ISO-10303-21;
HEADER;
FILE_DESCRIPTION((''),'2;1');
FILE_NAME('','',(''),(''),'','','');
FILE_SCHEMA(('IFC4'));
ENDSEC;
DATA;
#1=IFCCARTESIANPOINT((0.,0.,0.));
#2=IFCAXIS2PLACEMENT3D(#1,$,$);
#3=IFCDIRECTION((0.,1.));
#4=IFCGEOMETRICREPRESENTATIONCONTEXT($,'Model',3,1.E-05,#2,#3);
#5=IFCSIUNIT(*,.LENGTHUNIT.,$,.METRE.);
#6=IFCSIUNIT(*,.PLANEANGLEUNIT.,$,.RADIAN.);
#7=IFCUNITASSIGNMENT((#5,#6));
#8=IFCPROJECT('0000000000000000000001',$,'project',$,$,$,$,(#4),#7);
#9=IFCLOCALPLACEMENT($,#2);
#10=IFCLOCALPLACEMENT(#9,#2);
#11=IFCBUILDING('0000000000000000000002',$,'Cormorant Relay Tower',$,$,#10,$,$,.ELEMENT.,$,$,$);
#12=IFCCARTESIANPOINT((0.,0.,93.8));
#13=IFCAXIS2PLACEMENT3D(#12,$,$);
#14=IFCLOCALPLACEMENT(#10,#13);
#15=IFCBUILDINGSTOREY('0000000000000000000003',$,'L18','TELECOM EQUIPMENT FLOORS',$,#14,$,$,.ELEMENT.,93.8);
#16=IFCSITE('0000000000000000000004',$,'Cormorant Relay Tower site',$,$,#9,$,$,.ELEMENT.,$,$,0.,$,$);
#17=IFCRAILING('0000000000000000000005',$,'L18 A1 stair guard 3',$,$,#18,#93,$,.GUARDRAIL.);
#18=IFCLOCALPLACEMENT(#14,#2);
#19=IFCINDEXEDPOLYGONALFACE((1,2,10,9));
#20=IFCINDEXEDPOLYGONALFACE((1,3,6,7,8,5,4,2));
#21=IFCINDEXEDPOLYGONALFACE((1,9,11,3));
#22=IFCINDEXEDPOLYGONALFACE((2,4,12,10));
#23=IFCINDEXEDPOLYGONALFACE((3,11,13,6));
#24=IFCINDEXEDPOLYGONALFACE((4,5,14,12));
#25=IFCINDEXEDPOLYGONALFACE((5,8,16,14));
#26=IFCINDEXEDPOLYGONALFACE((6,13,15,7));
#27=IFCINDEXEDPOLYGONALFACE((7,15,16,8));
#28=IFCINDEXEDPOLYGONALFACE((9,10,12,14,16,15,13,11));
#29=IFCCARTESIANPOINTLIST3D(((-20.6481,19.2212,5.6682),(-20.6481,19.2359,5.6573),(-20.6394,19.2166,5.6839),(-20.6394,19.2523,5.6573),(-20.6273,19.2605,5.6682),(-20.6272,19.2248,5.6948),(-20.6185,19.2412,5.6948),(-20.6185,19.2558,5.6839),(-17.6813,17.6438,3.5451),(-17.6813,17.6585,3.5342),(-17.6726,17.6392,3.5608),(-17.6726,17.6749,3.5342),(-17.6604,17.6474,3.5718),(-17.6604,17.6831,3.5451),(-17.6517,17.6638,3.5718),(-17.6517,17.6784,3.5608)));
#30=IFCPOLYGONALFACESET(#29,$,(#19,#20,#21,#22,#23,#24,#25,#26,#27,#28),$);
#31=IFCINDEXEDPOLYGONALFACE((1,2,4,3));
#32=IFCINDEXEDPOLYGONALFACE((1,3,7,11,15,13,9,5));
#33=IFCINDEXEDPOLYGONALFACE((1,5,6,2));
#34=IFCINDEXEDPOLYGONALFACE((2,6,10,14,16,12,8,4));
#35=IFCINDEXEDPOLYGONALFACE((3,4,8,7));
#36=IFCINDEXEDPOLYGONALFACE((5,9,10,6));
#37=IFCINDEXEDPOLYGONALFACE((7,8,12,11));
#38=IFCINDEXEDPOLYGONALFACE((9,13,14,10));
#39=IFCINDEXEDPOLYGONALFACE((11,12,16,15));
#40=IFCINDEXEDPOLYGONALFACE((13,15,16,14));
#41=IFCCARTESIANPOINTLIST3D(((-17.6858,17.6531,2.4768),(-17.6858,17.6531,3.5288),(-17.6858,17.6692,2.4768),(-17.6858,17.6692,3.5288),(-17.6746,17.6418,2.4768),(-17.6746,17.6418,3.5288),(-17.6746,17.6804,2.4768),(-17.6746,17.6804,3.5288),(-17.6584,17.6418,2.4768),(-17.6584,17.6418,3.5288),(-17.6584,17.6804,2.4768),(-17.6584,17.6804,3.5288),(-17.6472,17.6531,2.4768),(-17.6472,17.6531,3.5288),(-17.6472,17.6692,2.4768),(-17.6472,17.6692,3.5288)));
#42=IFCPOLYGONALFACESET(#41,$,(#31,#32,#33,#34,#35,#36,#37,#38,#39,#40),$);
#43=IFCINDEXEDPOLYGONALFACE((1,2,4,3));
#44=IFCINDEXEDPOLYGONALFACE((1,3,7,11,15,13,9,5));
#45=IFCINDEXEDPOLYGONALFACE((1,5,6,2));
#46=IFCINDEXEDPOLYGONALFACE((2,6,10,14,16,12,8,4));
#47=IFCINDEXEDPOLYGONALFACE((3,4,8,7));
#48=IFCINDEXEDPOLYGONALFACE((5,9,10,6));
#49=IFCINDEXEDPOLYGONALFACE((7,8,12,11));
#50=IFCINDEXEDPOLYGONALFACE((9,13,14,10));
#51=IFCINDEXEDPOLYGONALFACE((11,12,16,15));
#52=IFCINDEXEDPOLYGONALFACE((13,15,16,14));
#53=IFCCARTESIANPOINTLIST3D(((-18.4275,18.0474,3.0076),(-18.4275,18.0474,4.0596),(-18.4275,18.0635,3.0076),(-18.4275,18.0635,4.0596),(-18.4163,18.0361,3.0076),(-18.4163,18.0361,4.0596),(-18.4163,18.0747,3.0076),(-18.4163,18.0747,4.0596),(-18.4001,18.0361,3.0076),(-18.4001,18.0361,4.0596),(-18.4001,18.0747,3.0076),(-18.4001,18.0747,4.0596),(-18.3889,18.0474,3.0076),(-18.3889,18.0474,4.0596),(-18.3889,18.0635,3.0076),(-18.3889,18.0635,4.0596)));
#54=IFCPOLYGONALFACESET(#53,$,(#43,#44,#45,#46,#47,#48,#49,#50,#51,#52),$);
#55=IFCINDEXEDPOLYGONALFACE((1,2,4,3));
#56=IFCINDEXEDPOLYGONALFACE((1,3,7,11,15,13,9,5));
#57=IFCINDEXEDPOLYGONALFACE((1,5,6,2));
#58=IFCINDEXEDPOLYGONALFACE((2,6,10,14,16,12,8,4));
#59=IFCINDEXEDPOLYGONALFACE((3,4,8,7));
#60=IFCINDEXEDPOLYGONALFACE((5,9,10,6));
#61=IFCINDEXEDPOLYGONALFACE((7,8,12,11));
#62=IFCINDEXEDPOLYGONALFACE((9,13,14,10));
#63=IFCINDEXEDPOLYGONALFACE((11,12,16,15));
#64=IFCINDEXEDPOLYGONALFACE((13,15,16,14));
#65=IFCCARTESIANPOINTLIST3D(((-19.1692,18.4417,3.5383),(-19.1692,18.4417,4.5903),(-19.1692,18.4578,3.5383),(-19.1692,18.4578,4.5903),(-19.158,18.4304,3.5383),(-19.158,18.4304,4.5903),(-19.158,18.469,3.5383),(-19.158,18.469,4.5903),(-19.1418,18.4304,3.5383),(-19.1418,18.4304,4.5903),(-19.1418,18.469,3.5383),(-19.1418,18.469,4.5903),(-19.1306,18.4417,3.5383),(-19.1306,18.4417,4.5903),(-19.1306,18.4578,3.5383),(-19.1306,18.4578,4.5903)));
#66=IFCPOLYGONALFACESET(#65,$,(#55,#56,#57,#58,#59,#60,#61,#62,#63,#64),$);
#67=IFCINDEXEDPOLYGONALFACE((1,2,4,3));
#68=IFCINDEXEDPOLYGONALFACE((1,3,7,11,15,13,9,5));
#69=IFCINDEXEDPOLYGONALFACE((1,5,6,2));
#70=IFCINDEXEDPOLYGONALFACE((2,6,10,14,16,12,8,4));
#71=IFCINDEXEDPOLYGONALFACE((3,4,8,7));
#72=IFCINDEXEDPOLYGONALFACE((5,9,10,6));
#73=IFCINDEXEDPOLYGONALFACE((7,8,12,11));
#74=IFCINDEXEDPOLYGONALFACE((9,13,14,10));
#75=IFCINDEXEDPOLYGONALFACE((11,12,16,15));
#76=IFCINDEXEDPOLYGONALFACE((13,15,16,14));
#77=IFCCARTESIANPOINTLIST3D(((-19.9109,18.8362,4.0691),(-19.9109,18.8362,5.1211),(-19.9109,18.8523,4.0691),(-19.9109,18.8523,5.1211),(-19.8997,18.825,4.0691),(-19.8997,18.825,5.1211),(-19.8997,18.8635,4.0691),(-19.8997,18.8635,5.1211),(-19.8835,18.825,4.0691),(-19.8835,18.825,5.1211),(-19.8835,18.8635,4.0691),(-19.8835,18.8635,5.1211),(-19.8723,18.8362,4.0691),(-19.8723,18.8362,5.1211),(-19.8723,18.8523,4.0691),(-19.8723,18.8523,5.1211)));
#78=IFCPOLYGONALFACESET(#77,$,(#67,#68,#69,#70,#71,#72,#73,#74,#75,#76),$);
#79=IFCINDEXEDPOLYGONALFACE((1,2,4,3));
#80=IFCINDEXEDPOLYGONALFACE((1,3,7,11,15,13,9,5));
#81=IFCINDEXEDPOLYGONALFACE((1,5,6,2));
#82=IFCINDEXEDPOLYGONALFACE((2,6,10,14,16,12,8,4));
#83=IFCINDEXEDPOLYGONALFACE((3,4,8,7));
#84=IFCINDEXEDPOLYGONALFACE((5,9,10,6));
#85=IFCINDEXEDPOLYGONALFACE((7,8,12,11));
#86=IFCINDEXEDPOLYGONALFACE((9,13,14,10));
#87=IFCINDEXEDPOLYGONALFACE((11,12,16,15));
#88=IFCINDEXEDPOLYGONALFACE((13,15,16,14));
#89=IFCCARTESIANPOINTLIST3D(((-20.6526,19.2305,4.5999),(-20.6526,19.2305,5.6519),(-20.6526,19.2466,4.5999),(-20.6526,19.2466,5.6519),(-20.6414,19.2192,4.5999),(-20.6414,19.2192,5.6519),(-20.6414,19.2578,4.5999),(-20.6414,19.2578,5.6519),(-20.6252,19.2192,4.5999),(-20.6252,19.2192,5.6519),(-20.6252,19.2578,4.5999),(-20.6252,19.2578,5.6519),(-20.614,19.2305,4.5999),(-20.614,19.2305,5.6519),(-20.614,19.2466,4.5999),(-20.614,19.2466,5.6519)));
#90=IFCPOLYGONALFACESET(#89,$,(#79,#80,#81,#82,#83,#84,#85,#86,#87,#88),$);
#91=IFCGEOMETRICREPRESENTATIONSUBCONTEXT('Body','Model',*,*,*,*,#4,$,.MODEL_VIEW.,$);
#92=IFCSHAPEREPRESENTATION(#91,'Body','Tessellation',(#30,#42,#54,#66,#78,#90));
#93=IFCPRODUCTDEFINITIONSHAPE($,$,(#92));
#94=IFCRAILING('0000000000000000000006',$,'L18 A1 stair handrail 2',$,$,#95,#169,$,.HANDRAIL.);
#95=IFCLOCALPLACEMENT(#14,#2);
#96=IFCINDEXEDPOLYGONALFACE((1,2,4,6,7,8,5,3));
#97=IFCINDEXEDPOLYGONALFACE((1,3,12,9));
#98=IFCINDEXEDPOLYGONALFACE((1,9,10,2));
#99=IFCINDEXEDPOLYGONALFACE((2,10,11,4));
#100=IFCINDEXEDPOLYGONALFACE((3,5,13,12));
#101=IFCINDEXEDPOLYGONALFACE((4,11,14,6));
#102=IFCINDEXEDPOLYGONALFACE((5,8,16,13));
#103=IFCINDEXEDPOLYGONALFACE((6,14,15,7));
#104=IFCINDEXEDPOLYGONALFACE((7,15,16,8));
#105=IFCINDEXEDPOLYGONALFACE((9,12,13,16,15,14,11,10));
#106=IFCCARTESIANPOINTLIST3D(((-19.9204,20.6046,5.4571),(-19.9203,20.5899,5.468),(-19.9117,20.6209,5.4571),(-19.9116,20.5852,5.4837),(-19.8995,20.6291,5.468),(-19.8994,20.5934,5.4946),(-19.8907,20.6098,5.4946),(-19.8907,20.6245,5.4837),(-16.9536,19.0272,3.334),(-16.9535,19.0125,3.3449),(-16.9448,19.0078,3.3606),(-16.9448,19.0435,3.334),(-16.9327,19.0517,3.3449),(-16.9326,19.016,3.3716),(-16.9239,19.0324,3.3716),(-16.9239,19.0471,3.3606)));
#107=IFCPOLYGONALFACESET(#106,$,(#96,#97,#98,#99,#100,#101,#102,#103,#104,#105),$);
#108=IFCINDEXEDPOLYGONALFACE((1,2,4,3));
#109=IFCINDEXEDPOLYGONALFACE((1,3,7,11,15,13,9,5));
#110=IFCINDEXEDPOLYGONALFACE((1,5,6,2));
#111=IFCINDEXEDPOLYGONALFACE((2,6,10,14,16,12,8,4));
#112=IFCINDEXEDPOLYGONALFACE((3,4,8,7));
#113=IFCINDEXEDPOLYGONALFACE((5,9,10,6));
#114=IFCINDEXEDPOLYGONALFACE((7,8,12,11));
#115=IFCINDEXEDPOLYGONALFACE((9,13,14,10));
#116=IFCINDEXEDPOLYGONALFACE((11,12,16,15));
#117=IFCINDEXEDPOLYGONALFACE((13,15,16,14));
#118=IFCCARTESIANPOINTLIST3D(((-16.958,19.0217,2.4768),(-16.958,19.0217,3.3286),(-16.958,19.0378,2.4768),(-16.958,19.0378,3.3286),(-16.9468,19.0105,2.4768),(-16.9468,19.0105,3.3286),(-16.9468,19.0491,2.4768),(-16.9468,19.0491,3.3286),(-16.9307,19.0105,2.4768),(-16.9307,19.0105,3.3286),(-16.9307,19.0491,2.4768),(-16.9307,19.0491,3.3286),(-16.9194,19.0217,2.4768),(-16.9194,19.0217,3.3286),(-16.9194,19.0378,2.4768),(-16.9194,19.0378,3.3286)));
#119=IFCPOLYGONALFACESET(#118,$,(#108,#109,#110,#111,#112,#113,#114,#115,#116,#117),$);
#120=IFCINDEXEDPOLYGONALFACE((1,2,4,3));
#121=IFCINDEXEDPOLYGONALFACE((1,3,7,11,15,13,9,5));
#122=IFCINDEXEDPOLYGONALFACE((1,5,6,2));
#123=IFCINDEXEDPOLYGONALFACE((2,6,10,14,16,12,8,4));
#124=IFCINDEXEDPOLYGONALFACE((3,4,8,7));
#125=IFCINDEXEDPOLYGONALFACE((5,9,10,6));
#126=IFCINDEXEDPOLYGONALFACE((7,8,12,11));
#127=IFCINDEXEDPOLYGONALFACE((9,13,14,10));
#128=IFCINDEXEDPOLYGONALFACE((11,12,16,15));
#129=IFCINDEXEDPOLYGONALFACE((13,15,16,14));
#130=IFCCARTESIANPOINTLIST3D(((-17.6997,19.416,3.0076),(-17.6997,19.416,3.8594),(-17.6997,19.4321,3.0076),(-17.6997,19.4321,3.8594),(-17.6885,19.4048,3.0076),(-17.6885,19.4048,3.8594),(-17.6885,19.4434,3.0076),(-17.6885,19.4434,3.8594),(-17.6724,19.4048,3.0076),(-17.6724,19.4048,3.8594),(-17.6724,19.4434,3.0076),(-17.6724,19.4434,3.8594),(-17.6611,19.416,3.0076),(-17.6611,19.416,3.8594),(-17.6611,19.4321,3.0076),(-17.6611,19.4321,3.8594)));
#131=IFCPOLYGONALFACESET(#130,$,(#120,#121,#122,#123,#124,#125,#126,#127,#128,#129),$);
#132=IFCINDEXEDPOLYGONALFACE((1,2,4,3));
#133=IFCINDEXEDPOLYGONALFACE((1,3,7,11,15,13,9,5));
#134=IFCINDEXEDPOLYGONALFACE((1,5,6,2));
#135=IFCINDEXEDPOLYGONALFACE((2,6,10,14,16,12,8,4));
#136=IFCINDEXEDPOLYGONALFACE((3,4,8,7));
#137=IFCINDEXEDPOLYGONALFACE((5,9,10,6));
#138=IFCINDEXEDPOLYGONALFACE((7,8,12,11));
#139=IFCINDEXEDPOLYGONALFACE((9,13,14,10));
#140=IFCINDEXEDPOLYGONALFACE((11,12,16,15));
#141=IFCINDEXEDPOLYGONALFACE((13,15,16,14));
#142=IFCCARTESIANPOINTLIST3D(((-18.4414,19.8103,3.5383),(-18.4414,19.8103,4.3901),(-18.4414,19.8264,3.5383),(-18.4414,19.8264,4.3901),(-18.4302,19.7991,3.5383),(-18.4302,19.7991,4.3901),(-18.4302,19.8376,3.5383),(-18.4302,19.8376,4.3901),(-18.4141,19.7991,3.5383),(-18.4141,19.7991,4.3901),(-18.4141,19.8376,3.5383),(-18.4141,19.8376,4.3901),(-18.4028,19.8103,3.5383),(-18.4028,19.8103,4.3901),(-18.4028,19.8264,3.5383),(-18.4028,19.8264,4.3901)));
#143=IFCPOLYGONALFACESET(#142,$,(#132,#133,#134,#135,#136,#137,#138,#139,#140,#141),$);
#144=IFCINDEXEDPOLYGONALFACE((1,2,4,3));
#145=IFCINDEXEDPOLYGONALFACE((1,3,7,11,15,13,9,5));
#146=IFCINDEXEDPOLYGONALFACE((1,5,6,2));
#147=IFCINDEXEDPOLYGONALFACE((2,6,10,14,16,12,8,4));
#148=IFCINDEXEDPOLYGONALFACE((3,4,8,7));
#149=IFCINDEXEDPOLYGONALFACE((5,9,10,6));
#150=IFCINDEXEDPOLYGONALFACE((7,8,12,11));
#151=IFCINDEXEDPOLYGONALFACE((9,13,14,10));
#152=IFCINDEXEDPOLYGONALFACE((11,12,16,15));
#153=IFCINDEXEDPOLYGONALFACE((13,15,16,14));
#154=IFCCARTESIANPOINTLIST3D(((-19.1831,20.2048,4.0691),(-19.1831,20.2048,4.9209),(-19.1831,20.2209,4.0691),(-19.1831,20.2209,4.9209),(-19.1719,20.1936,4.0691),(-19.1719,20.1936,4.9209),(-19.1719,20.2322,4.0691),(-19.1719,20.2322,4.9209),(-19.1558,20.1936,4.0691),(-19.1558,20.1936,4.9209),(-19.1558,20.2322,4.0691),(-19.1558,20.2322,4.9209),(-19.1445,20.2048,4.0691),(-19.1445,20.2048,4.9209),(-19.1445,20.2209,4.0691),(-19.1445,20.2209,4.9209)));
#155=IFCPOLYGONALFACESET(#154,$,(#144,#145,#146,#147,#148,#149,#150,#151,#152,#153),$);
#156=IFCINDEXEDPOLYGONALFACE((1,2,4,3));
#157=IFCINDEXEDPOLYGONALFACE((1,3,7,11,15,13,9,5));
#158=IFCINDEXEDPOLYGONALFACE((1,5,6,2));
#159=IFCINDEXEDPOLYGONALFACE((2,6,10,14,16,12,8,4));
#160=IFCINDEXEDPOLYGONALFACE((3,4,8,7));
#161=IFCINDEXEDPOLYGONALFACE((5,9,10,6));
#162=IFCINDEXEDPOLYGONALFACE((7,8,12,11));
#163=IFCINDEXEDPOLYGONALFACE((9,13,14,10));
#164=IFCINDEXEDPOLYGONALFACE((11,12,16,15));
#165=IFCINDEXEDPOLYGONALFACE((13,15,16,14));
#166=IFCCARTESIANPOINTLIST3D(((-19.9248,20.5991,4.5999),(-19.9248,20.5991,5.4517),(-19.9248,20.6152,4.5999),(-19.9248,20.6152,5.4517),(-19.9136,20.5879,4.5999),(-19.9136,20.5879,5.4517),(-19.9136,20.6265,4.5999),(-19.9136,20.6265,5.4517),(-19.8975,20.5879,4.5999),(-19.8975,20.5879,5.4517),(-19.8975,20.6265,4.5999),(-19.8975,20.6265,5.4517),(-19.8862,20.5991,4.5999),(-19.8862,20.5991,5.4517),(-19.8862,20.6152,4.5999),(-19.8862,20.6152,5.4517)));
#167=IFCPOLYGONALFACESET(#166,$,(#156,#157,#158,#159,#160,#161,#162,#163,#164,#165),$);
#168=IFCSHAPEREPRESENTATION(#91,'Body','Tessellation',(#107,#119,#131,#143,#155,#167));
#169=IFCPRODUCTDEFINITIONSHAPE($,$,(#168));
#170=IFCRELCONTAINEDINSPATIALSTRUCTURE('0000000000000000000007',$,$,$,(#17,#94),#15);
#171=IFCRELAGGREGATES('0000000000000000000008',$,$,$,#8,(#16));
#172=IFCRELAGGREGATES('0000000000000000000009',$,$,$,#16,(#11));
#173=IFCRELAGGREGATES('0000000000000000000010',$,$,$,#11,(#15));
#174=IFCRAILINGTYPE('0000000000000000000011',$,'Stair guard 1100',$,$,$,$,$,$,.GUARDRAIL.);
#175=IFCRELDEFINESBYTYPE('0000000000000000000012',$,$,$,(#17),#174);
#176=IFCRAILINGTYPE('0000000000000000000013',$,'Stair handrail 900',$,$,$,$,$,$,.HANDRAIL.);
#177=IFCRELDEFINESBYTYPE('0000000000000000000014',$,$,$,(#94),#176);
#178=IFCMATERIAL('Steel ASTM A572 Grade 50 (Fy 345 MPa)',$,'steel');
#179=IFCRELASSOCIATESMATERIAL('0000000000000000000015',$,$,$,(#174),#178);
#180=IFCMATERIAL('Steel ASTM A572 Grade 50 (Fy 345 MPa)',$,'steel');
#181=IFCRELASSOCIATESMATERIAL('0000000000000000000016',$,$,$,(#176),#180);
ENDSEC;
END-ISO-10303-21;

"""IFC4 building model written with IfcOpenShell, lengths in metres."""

from ifc_helpers import new_model, si_unit, direction, frame, origin, place, context, subcontext, project, spatial, polyline, outline, extrude, material, type_object, element, save


model = new_model("IFC4")

# Units and contexts
model_context = context("Model", 3, precision=1e-05, world=origin(), true_north=direction((0.0, 1.0)))
body_context = subcontext(model_context, "Body", "Model", "MODEL_VIEW")
ifc_project = project(units=[si_unit("LENGTHUNIT", "METRE"), si_unit("PLANEANGLEUNIT", "RADIAN")], contexts=[model_context])

# Site, building, storey
site_placement = place(None, origin())
site = spatial("IfcSite", under=ifc_project, at=site_placement, Name="Cormorant Relay Tower site", CompositionType="ELEMENT", RefElevation=0.0)
building_placement = place(site_placement, origin())
building = spatial("IfcBuilding", under=site, at=building_placement, Name="Cormorant Relay Tower", CompositionType="ELEMENT")
storey_placement = place(building_placement, frame((0.0, 0.0, 93.8)))
storey = spatial("IfcBuildingStorey", under=building, at=storey_placement, Name="L18", Description="TELECOM EQUIPMENT FLOORS", CompositionType="ELEMENT", Elevation=93.8)

# Railings
ifc_material_1 = material(Name="Steel ASTM A572 Grade 50 (Fy 345 MPa)", Category="steel")
railing_type_1 = type_object("IfcRailingType", Name="Stair guard 1100", PredefinedType="GUARDRAIL", material=ifc_material_1)
railing_1_placement = place(storey_placement, frame((-17.6665, 17.6611, 2.4768)))
element("IfcRailing", 1, at=railing_1_placement, inside=storey, type_object=railing_type_1, Name="L18 A1 stair guard 3", PredefinedType="GUARDRAIL", context=body_context, shape_type="SweptSolid", body=[
    extrude(outline(polyline([(0.0222, 0.0093), (0.0093, 0.0222), (-0.0093, 0.0222), (-0.0222, 0.0093), (-0.0222, -0.0093), (-0.0093, -0.0222), (0.0093, -0.0222), (0.0222, -0.0093), (0.0222, 0.0093)])), frame((0.0, 0.0, 1.0762), z_axis=(-0.746441, 0.396869, 0.534155), x_axis=(-0.469453, -0.882958, 0.0)), (0.0, 0.0, 1.0), 3.9746),
    extrude(outline(polyline([(0.0193, 0.0081), (0.0081, 0.0193), (-0.0081, 0.0193), (-0.0193, 0.0081), (-0.0193, -0.0081), (-0.0081, -0.0193), (0.0081, -0.0193), (0.0193, -0.0081), (0.0193, 0.0081)])), origin(), (0.0, 0.0, 1.0), 1.052),
    extrude(outline(polyline([(0.0193, 0.0081), (0.0081, 0.0193), (-0.0081, 0.0193), (-0.0193, 0.0081), (-0.0193, -0.0081), (-0.0081, -0.0193), (0.0081, -0.0193), (0.0193, -0.0081), (0.0193, 0.0081)])), frame((-0.7417, 0.3943, 0.5308)), (0.0, 0.0, 1.0), 1.052),
    extrude(outline(polyline([(0.0193, 0.0081), (0.0081, 0.0193), (-0.0081, 0.0193), (-0.0193, 0.0081), (-0.0193, -0.0081), (-0.0081, -0.0193), (0.0081, -0.0193), (0.0193, -0.0081), (0.0193, 0.0081)])), frame((-1.4834, 0.7886, 1.0615)), (0.0, 0.0, 1.0), 1.052),
    extrude(outline(polyline([(0.0193, 0.0081), (0.0081, 0.0193), (-0.0081, 0.0193), (-0.0193, 0.0081), (-0.0193, -0.0081), (-0.0081, -0.0193), (0.0081, -0.0193), (0.0193, -0.0081), (0.0193, 0.0081)])), frame((-2.2251, 1.1831, 1.5923)), (0.0, 0.0, 1.0), 1.052),
    extrude(outline(polyline([(0.0193, 0.0081), (0.0081, 0.0193), (-0.0081, 0.0193), (-0.0193, 0.0081), (-0.0193, -0.0081), (-0.0081, -0.0193), (0.0081, -0.0193), (0.0193, -0.0081), (0.0193, 0.0081)])), frame((-2.9668, 1.5774, 2.123)), (0.0, 0.0, 1.0), 1.052),
])
ifc_material_2 = material(Name="Steel ASTM A572 Grade 50 (Fy 345 MPa)", Category="steel")
railing_type_2 = type_object("IfcRailingType", Name="Stair handrail 900", PredefinedType="HANDRAIL", material=ifc_material_2)
railing_2_placement = place(storey_placement, frame((-16.9387, 19.0298, 2.4768)))
element("IfcRailing", 2, at=railing_2_placement, inside=storey, type_object=railing_type_2, Name="L18 A1 stair handrail 2", PredefinedType="HANDRAIL", context=body_context, shape_type="SweptSolid", body=[
    extrude(outline(polyline([(0.0222, 0.0093), (0.0093, 0.0222), (-0.0093, 0.0222), (-0.0222, 0.0093), (-0.0222, -0.0093), (-0.0093, -0.0222), (0.0093, -0.0222), (0.0222, -0.0093), (0.0222, 0.0093)])), frame((0.0, 0.0, 0.876), z_axis=(-0.746441, 0.396869, 0.534155), x_axis=(-0.469453, -0.882958, 0.0)), (0.0, 0.0, 1.0), 3.9746),
    extrude(outline(polyline([(0.0193, 0.0081), (0.0081, 0.0193), (-0.0081, 0.0193), (-0.0193, 0.0081), (-0.0193, -0.0081), (-0.0081, -0.0193), (0.0081, -0.0193), (0.0193, -0.0081), (0.0193, 0.0081)])), origin(), (0.0, 0.0, 1.0), 0.8518),
    extrude(outline(polyline([(0.0193, 0.0081), (0.0081, 0.0193), (-0.0081, 0.0193), (-0.0193, 0.0081), (-0.0193, -0.0081), (-0.0081, -0.0193), (0.0081, -0.0193), (0.0193, -0.0081), (0.0193, 0.0081)])), frame((-0.7417, 0.3943, 0.5308)), (0.0, 0.0, 1.0), 0.8518),
    extrude(outline(polyline([(0.0193, 0.0081), (0.0081, 0.0193), (-0.0081, 0.0193), (-0.0193, 0.0081), (-0.0193, -0.0081), (-0.0081, -0.0193), (0.0081, -0.0193), (0.0193, -0.0081), (0.0193, 0.0081)])), frame((-1.4834, 0.7886, 1.0615)), (0.0, 0.0, 1.0), 0.8518),
    extrude(outline(polyline([(0.0193, 0.0081), (0.0081, 0.0193), (-0.0081, 0.0193), (-0.0193, 0.0081), (-0.0193, -0.0081), (-0.0081, -0.0193), (0.0081, -0.0193), (0.0193, -0.0081), (0.0193, 0.0081)])), frame((-2.2251, 1.1831, 1.5923)), (0.0, 0.0, 1.0), 0.8518),
    extrude(outline(polyline([(0.0193, 0.0081), (0.0081, 0.0193), (-0.0081, 0.0193), (-0.0193, 0.0081), (-0.0193, -0.0081), (-0.0081, -0.0193), (0.0081, -0.0193), (0.0193, -0.0081), (0.0193, 0.0081)])), frame((-2.9668, 1.5774, 2.123)), (0.0, 0.0, 1.0), 0.8518),
])

save(model, "model.ifc")
